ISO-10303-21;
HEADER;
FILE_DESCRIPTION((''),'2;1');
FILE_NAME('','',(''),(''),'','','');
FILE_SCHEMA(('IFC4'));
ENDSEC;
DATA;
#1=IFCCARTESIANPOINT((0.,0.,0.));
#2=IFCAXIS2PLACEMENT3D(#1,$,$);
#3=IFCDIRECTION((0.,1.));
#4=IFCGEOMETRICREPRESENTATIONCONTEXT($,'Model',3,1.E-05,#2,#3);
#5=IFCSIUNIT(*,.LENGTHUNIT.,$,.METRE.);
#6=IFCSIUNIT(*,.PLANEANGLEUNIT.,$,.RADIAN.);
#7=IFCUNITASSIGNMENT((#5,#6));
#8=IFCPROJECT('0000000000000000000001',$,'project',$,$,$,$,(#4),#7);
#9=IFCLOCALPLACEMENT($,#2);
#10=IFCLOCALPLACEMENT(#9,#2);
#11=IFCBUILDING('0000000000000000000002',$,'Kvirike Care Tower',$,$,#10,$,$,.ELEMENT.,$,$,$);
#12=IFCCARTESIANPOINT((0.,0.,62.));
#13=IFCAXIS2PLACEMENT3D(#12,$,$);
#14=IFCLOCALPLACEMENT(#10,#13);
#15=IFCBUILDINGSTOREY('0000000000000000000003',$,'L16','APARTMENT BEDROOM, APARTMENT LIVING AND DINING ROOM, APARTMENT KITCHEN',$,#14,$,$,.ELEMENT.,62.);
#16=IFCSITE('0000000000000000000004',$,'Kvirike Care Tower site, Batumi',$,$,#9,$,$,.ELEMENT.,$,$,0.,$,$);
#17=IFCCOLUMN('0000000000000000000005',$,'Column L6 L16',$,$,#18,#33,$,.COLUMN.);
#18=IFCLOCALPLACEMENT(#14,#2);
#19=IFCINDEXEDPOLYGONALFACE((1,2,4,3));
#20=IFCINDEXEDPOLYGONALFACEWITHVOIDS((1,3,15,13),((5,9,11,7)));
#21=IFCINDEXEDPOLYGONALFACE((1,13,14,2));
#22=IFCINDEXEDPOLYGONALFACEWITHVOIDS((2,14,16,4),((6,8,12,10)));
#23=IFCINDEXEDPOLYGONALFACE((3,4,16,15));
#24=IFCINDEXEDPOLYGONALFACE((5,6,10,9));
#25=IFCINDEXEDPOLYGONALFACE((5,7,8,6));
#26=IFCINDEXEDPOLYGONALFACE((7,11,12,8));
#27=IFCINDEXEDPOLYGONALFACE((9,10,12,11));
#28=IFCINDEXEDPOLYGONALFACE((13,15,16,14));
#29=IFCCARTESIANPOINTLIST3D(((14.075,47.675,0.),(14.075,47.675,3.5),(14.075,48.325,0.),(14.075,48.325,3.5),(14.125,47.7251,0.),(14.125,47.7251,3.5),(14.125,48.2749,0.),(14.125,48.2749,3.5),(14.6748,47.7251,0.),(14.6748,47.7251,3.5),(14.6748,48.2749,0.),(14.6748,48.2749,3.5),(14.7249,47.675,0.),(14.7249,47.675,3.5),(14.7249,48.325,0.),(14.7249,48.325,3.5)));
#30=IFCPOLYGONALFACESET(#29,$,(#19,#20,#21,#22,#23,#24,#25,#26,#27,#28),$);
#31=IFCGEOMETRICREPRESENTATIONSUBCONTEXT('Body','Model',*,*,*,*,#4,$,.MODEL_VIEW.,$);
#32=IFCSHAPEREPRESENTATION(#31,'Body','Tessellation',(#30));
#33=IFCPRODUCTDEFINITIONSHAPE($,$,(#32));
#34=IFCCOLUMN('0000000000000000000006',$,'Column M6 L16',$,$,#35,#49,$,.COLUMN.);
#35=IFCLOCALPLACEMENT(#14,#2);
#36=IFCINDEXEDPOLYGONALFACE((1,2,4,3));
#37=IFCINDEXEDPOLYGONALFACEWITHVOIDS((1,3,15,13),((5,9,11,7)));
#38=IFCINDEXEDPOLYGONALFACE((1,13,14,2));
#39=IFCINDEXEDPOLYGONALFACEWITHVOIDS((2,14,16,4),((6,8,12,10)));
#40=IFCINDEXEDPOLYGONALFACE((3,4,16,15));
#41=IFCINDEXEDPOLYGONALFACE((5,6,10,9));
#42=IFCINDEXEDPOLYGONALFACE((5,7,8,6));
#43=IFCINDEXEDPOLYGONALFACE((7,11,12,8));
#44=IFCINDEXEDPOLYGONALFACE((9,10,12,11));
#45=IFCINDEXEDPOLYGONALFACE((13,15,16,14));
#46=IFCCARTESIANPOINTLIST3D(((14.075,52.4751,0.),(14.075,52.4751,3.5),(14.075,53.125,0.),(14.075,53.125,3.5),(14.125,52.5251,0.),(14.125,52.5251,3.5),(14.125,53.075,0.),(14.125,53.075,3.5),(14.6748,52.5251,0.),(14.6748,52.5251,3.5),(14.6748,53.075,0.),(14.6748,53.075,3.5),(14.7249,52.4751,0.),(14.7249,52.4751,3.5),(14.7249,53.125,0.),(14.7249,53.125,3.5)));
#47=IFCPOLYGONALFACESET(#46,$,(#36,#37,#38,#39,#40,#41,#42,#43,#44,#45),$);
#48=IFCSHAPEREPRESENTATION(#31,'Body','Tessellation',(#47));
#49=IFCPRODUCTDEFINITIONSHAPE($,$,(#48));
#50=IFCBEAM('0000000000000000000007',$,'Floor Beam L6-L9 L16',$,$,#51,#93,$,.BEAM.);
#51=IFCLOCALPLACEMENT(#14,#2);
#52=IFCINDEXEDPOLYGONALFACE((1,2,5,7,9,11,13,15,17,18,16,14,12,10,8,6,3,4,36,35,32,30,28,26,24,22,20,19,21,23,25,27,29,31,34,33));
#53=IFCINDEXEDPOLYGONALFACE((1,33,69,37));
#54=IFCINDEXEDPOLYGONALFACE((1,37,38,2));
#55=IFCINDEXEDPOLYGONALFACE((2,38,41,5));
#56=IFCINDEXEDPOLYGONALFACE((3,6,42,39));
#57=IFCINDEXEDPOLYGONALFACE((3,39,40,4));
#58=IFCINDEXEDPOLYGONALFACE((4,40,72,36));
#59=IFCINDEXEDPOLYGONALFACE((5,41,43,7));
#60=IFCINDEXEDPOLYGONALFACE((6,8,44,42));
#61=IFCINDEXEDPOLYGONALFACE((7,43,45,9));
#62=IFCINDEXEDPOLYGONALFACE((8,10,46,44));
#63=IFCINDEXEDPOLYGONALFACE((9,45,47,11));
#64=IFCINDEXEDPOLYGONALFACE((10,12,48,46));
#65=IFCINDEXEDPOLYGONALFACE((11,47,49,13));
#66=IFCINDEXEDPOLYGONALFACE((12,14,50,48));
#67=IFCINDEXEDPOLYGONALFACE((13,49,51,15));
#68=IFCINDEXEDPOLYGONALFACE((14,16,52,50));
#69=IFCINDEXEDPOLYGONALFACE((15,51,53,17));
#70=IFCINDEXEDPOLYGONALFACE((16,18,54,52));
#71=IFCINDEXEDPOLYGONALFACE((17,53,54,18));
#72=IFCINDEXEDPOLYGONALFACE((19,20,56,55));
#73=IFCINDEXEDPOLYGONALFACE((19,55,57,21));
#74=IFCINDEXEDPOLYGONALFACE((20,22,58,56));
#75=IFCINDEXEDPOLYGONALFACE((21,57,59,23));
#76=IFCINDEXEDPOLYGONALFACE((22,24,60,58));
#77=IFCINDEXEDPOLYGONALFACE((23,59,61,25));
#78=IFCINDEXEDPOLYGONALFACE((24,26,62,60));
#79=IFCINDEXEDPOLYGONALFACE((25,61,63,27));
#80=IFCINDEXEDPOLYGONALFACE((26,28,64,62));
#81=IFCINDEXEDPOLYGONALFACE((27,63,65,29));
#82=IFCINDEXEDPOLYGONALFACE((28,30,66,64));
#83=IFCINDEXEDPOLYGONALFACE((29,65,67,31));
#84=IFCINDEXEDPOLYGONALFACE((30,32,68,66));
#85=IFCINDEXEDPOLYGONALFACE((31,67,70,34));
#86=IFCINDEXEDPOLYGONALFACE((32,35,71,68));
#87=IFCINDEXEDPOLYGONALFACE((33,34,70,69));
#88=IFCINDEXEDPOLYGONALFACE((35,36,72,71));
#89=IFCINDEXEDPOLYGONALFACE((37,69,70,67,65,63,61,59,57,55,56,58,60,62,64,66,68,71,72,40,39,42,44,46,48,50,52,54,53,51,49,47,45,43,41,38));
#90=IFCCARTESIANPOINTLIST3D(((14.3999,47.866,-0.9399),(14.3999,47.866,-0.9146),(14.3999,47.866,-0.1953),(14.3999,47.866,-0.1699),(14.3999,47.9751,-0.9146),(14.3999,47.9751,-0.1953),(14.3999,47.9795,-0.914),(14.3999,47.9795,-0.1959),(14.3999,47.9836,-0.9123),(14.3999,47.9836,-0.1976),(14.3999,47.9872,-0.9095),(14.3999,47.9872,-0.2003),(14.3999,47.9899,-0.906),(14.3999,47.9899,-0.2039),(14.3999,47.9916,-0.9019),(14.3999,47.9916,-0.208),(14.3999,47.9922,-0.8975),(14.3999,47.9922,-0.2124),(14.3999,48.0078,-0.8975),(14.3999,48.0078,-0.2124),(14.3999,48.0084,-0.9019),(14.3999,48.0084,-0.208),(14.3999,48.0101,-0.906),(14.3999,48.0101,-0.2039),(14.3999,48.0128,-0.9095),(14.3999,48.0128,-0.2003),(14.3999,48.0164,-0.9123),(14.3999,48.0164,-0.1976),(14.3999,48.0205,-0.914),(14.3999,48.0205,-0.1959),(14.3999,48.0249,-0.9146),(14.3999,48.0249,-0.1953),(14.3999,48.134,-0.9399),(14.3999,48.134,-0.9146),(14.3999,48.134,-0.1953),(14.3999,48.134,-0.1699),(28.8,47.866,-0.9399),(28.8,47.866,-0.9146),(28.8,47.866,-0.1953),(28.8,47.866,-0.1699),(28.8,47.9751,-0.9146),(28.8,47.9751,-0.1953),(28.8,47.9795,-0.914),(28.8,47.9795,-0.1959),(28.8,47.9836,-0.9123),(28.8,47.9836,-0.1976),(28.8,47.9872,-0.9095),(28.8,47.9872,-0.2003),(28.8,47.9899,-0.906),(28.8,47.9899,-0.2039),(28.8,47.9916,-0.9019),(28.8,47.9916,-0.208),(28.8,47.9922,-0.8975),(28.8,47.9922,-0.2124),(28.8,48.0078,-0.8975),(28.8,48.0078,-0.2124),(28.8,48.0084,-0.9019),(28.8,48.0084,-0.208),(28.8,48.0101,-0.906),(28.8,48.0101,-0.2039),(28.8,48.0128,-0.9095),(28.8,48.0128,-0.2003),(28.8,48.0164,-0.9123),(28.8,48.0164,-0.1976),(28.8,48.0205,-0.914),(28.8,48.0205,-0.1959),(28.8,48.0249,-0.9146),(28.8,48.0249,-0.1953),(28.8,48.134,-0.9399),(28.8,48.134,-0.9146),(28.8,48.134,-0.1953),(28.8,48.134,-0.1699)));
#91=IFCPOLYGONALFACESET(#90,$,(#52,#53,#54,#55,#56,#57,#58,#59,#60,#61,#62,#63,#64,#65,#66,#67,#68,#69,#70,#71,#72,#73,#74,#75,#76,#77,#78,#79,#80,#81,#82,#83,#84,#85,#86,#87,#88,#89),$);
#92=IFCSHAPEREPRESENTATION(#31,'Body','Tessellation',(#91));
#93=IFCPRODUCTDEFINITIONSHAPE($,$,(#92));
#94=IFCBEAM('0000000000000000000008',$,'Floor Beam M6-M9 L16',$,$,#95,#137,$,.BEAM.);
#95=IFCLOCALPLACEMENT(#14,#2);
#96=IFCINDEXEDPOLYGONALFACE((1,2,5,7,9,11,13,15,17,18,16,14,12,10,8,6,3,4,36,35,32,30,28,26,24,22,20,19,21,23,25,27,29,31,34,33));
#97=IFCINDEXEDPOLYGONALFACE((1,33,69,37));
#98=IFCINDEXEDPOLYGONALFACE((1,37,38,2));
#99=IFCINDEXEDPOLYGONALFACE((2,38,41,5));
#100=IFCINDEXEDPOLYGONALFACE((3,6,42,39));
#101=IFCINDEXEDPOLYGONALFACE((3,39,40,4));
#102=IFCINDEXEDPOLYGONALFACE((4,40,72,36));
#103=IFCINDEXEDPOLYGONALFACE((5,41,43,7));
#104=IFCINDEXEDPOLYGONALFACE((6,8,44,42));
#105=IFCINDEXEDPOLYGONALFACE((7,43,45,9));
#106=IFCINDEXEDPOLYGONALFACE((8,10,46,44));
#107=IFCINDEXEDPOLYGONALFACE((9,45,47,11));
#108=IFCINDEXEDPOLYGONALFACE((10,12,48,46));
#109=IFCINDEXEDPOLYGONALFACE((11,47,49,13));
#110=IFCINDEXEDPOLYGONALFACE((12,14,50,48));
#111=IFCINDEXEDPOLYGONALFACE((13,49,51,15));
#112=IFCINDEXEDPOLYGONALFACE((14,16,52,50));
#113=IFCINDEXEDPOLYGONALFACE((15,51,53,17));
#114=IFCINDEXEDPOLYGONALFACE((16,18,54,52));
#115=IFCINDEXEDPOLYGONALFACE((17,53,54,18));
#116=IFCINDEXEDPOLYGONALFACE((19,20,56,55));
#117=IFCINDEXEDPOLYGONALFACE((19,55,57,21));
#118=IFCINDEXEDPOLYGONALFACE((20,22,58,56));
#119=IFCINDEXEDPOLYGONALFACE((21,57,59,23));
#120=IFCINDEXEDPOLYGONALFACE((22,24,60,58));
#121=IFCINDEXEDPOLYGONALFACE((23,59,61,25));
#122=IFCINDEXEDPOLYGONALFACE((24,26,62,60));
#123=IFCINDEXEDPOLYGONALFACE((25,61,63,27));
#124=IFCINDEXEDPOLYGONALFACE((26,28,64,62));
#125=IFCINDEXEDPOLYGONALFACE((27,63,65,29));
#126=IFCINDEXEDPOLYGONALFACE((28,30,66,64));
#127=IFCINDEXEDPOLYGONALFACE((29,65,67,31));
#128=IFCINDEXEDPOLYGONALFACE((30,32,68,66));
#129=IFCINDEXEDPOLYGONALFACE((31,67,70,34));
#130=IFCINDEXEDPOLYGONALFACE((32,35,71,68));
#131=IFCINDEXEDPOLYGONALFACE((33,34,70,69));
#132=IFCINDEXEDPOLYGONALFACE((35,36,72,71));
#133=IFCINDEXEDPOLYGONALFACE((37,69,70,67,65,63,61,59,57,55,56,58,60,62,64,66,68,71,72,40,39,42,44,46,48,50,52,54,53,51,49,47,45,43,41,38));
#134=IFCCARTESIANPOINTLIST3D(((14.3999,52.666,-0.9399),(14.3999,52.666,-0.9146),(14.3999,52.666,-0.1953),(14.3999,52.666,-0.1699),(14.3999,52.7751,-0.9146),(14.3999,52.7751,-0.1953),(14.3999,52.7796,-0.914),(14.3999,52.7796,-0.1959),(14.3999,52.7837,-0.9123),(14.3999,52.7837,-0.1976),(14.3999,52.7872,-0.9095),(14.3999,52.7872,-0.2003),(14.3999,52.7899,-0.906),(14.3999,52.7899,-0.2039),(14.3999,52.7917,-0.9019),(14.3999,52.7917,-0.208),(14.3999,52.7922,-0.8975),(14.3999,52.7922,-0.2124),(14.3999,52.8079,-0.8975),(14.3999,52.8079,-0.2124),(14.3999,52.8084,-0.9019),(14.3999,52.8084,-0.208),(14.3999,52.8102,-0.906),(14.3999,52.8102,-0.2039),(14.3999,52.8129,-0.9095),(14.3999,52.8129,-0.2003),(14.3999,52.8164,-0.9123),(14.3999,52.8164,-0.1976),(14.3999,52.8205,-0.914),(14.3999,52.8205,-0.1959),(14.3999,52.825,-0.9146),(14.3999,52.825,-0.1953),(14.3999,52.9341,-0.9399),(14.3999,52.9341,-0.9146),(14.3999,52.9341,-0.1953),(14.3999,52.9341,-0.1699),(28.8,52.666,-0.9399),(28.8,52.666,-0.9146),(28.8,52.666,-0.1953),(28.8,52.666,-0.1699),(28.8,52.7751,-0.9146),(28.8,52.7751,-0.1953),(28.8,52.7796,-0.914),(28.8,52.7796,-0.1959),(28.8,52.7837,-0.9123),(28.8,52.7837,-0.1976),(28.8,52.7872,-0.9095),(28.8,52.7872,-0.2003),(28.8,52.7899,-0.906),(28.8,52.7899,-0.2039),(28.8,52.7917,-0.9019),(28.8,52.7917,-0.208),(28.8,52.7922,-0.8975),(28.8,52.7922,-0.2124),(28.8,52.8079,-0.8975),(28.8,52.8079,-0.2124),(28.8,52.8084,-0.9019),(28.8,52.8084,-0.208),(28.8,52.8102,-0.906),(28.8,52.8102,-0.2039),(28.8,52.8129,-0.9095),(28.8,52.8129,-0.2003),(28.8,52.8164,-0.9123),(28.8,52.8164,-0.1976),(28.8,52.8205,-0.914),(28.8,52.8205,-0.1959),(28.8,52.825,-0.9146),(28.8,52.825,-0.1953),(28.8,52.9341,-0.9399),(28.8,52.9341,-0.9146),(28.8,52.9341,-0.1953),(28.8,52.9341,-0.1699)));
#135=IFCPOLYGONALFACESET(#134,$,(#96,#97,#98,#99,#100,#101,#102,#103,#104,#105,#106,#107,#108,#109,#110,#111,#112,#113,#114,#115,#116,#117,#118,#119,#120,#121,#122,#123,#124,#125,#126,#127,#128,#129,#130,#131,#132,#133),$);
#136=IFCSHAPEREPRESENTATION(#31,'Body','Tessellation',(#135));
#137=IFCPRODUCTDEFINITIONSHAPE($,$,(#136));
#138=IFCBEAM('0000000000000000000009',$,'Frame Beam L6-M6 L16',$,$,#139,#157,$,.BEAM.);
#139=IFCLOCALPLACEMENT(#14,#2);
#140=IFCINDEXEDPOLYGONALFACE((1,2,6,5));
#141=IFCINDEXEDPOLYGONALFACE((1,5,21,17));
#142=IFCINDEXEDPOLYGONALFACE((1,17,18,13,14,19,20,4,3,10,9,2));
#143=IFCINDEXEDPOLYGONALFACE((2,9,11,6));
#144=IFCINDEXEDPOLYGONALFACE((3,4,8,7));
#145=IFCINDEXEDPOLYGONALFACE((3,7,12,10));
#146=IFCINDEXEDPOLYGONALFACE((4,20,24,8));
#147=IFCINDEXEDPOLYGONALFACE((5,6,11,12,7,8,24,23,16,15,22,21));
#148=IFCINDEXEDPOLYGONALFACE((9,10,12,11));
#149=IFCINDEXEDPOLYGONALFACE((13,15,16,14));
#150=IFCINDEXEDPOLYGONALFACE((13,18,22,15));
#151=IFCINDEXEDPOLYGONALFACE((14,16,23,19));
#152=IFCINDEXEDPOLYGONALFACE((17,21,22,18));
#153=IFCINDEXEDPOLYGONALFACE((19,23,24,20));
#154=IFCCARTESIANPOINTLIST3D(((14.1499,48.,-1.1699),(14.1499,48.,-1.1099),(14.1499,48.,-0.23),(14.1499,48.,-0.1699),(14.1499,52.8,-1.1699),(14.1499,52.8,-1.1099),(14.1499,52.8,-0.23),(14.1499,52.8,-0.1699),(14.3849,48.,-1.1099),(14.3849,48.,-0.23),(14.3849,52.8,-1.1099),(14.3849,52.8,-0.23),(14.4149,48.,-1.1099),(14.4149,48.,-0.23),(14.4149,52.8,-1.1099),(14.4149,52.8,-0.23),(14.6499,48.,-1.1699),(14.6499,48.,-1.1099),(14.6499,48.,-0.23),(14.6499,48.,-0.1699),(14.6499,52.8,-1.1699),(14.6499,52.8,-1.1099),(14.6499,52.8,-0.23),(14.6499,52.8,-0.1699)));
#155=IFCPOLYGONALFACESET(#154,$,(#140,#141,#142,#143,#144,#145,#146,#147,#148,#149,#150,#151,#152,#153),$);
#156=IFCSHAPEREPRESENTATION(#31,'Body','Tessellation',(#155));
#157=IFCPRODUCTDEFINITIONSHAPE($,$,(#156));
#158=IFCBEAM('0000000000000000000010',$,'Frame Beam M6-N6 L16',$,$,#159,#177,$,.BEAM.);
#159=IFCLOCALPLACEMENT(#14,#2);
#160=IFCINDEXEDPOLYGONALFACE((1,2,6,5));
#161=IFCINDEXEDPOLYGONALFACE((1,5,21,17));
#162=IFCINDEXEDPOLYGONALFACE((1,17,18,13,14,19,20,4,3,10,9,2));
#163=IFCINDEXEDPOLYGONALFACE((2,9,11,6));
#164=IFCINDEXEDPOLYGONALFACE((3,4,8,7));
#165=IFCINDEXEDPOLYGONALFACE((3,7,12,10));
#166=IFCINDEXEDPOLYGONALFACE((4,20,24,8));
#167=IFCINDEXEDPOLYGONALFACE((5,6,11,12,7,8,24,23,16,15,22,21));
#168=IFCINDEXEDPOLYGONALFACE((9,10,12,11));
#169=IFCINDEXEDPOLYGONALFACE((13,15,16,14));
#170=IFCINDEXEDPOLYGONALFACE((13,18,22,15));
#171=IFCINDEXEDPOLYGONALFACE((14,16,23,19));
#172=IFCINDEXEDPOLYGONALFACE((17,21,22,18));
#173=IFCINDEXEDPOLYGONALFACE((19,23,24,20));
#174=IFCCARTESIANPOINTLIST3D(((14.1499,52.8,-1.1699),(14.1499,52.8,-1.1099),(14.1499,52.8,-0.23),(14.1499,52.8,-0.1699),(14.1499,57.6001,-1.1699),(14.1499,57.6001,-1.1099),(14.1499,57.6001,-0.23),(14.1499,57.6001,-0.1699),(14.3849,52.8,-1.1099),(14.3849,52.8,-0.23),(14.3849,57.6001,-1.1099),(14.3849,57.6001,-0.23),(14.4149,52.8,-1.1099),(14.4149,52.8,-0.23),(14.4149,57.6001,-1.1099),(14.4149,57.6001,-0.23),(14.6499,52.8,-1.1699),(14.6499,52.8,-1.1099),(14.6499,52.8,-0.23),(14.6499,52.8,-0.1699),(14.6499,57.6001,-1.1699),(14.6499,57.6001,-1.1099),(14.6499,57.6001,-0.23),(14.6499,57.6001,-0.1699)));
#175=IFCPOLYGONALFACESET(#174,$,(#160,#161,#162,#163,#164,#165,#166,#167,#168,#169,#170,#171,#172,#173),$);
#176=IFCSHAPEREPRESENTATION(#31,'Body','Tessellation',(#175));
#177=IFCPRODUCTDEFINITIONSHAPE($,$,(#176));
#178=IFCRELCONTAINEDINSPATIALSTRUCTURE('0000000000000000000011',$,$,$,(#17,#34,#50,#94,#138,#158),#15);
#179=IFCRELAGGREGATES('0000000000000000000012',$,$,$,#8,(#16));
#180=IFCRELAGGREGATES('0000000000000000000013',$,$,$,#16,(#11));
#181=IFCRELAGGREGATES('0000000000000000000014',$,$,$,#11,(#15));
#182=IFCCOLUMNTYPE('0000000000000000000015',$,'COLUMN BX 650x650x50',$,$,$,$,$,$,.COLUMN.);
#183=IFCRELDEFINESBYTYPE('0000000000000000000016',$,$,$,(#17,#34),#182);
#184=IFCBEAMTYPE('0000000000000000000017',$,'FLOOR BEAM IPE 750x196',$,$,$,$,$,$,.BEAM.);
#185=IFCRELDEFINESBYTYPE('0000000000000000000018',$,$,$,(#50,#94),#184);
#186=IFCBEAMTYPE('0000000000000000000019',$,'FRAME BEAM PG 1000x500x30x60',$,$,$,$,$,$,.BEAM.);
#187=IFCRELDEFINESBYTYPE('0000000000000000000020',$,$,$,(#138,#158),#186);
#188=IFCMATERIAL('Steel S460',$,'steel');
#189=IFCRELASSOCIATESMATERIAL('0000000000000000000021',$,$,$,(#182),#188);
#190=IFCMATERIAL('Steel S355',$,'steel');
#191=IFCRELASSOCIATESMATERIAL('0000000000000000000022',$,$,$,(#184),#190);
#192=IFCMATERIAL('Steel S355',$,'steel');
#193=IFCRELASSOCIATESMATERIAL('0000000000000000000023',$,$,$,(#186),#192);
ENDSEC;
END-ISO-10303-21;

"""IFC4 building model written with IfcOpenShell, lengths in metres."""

from ifc_helpers import new_model, si_unit, direction, frame, origin, origin_2d, place, context, subcontext, project, spatial, hollow_rectangle, i_section, extrude, material, material_profile, profile_set, type_object, element, save


model = new_model("IFC4")

# Units and contexts
model_context = context("Model", 3, precision=1e-05, world=origin(), true_north=direction((0.0, 1.0)))
body_context = subcontext(model_context, "Body", "Model", "MODEL_VIEW")
ifc_project = project(units=[si_unit("LENGTHUNIT", "METRE"), si_unit("PLANEANGLEUNIT", "RADIAN")], contexts=[model_context])

# Site, building, storey
site_placement = place(None, origin())
site = spatial("IfcSite", under=ifc_project, at=site_placement, Name="Kvirike Care Tower site, Batumi", CompositionType="ELEMENT", RefElevation=0.0)
building_placement = place(site_placement, origin())
building = spatial("IfcBuilding", under=site, at=building_placement, Name="Kvirike Care Tower", CompositionType="ELEMENT")
storey_placement = place(building_placement, frame((0.0, 0.0, 62.0)))
storey = spatial("IfcBuildingStorey", under=building, at=storey_placement, Name="L16", Description="APARTMENT BEDROOM, APARTMENT LIVING AND DINING ROOM, APARTMENT KITCHEN", CompositionType="ELEMENT", Elevation=62.0)

# Columns
ifc_material_1 = material(Name="Steel S460", Category="steel")
ifc_material_profile_1 = material_profile(ifc_material_1, hollow_rectangle(XDim=0.6499, YDim=0.6499, WallThickness=0.05, at=origin_2d()), Name="BX 650x650x50")
ifc_profile_set_1 = profile_set([ifc_material_profile_1], Name="Steel S460")
column_type = type_object("IfcColumnType", Name="COLUMN BX 650x650x50", PredefinedType="COLUMN", material=ifc_profile_set_1)
for number, where, z_axis, x_axis, name in (
    (1, (14.3999, 48.0, 0.0), (0.0, 0.0, 1.0), (1.0, 0.0, 0.0), "Column L6 L16"),
    (2, (14.3999, 52.8, 0.0), (0.0, 0.0, 1.0), (1.0, 0.0, 0.0), "Column M6 L16"),
):
    element("IfcColumn", number, at=place(storey_placement, frame(where, z_axis=z_axis, x_axis=x_axis)), inside=storey, type_object=column_type, Name=name, PredefinedType="COLUMN", context=body_context, shape_type="SweptSolid", body=[
        extrude(hollow_rectangle(XDim=0.6499, YDim=0.6499, WallThickness=0.05, at=origin_2d()), origin(), (0.0, 0.0, 1.0), 3.5),
    ])

# Beams
ifc_material_2 = material(Name="Steel S355", Category="steel")
ifc_material_profile_2 = material_profile(ifc_material_2, i_section(OverallWidth=0.2681, OverallDepth=0.77, WebThickness=0.0156, FlangeThickness=0.0254, FilletRadius=0.0171, at=origin_2d()), Name="IPE 750x196")
ifc_profile_set_2 = profile_set([ifc_material_profile_2], Name="Steel S355")
beam_type_1 = type_object("IfcBeamType", Name="FLOOR BEAM IPE 750x196", PredefinedType="BEAM", material=ifc_profile_set_2)
for number, where, z_axis, x_axis, name in (
    (3, (14.3999, 48.0, -0.5549), (1.0, 0.0, 0.0), (0.0, 1.0, 0.0), "Floor Beam L6-L9 L16"),
    (4, (14.3999, 52.8, -0.5549), (1.0, 0.0, 0.0), (0.0, 1.0, 0.0), "Floor Beam M6-M9 L16"),
):
    element("IfcBeam", number, at=place(storey_placement, frame(where, z_axis=z_axis, x_axis=x_axis)), inside=storey, type_object=beam_type_1, Name=name, PredefinedType="BEAM", context=body_context, shape_type="SweptSolid", body=[
        extrude(i_section(OverallWidth=0.2681, OverallDepth=0.77, WebThickness=0.0156, FlangeThickness=0.0254, FilletRadius=0.0171, at=origin_2d()), origin(), (0.0, 0.0, 1.0), 14.4001),
    ])
ifc_material_3 = material(Name="Steel S355", Category="steel")
ifc_material_profile_3 = material_profile(ifc_material_3, i_section(OverallWidth=0.5, OverallDepth=1.0, WebThickness=0.03, FlangeThickness=0.0601, at=origin_2d()), Name="PG 1000x500x30x60")
ifc_profile_set_3 = profile_set([ifc_material_profile_3], Name="Steel S355")
beam_type_2 = type_object("IfcBeamType", Name="FRAME BEAM PG 1000x500x30x60", PredefinedType="BEAM", material=ifc_profile_set_3)
for number, where, z_axis, x_axis, name in (
    (5, (14.3999, 48.0, -0.6699), (0.0, 1.0, 0.0), (-1.0, 0.0, 0.0), "Frame Beam L6-M6 L16"),
    (6, (14.3999, 52.8, -0.6699), (0.0, 1.0, 0.0), (-1.0, 0.0, 0.0), "Frame Beam M6-N6 L16"),
):
    element("IfcBeam", number, at=place(storey_placement, frame(where, z_axis=z_axis, x_axis=x_axis)), inside=storey, type_object=beam_type_2, Name=name, PredefinedType="BEAM", context=body_context, shape_type="SweptSolid", body=[
        extrude(i_section(OverallWidth=0.5, OverallDepth=1.0, WebThickness=0.03, FlangeThickness=0.0601, at=origin_2d()), origin(), (0.0, 0.0, 1.0), 4.8),
    ])

save(model, "model.ifc")
